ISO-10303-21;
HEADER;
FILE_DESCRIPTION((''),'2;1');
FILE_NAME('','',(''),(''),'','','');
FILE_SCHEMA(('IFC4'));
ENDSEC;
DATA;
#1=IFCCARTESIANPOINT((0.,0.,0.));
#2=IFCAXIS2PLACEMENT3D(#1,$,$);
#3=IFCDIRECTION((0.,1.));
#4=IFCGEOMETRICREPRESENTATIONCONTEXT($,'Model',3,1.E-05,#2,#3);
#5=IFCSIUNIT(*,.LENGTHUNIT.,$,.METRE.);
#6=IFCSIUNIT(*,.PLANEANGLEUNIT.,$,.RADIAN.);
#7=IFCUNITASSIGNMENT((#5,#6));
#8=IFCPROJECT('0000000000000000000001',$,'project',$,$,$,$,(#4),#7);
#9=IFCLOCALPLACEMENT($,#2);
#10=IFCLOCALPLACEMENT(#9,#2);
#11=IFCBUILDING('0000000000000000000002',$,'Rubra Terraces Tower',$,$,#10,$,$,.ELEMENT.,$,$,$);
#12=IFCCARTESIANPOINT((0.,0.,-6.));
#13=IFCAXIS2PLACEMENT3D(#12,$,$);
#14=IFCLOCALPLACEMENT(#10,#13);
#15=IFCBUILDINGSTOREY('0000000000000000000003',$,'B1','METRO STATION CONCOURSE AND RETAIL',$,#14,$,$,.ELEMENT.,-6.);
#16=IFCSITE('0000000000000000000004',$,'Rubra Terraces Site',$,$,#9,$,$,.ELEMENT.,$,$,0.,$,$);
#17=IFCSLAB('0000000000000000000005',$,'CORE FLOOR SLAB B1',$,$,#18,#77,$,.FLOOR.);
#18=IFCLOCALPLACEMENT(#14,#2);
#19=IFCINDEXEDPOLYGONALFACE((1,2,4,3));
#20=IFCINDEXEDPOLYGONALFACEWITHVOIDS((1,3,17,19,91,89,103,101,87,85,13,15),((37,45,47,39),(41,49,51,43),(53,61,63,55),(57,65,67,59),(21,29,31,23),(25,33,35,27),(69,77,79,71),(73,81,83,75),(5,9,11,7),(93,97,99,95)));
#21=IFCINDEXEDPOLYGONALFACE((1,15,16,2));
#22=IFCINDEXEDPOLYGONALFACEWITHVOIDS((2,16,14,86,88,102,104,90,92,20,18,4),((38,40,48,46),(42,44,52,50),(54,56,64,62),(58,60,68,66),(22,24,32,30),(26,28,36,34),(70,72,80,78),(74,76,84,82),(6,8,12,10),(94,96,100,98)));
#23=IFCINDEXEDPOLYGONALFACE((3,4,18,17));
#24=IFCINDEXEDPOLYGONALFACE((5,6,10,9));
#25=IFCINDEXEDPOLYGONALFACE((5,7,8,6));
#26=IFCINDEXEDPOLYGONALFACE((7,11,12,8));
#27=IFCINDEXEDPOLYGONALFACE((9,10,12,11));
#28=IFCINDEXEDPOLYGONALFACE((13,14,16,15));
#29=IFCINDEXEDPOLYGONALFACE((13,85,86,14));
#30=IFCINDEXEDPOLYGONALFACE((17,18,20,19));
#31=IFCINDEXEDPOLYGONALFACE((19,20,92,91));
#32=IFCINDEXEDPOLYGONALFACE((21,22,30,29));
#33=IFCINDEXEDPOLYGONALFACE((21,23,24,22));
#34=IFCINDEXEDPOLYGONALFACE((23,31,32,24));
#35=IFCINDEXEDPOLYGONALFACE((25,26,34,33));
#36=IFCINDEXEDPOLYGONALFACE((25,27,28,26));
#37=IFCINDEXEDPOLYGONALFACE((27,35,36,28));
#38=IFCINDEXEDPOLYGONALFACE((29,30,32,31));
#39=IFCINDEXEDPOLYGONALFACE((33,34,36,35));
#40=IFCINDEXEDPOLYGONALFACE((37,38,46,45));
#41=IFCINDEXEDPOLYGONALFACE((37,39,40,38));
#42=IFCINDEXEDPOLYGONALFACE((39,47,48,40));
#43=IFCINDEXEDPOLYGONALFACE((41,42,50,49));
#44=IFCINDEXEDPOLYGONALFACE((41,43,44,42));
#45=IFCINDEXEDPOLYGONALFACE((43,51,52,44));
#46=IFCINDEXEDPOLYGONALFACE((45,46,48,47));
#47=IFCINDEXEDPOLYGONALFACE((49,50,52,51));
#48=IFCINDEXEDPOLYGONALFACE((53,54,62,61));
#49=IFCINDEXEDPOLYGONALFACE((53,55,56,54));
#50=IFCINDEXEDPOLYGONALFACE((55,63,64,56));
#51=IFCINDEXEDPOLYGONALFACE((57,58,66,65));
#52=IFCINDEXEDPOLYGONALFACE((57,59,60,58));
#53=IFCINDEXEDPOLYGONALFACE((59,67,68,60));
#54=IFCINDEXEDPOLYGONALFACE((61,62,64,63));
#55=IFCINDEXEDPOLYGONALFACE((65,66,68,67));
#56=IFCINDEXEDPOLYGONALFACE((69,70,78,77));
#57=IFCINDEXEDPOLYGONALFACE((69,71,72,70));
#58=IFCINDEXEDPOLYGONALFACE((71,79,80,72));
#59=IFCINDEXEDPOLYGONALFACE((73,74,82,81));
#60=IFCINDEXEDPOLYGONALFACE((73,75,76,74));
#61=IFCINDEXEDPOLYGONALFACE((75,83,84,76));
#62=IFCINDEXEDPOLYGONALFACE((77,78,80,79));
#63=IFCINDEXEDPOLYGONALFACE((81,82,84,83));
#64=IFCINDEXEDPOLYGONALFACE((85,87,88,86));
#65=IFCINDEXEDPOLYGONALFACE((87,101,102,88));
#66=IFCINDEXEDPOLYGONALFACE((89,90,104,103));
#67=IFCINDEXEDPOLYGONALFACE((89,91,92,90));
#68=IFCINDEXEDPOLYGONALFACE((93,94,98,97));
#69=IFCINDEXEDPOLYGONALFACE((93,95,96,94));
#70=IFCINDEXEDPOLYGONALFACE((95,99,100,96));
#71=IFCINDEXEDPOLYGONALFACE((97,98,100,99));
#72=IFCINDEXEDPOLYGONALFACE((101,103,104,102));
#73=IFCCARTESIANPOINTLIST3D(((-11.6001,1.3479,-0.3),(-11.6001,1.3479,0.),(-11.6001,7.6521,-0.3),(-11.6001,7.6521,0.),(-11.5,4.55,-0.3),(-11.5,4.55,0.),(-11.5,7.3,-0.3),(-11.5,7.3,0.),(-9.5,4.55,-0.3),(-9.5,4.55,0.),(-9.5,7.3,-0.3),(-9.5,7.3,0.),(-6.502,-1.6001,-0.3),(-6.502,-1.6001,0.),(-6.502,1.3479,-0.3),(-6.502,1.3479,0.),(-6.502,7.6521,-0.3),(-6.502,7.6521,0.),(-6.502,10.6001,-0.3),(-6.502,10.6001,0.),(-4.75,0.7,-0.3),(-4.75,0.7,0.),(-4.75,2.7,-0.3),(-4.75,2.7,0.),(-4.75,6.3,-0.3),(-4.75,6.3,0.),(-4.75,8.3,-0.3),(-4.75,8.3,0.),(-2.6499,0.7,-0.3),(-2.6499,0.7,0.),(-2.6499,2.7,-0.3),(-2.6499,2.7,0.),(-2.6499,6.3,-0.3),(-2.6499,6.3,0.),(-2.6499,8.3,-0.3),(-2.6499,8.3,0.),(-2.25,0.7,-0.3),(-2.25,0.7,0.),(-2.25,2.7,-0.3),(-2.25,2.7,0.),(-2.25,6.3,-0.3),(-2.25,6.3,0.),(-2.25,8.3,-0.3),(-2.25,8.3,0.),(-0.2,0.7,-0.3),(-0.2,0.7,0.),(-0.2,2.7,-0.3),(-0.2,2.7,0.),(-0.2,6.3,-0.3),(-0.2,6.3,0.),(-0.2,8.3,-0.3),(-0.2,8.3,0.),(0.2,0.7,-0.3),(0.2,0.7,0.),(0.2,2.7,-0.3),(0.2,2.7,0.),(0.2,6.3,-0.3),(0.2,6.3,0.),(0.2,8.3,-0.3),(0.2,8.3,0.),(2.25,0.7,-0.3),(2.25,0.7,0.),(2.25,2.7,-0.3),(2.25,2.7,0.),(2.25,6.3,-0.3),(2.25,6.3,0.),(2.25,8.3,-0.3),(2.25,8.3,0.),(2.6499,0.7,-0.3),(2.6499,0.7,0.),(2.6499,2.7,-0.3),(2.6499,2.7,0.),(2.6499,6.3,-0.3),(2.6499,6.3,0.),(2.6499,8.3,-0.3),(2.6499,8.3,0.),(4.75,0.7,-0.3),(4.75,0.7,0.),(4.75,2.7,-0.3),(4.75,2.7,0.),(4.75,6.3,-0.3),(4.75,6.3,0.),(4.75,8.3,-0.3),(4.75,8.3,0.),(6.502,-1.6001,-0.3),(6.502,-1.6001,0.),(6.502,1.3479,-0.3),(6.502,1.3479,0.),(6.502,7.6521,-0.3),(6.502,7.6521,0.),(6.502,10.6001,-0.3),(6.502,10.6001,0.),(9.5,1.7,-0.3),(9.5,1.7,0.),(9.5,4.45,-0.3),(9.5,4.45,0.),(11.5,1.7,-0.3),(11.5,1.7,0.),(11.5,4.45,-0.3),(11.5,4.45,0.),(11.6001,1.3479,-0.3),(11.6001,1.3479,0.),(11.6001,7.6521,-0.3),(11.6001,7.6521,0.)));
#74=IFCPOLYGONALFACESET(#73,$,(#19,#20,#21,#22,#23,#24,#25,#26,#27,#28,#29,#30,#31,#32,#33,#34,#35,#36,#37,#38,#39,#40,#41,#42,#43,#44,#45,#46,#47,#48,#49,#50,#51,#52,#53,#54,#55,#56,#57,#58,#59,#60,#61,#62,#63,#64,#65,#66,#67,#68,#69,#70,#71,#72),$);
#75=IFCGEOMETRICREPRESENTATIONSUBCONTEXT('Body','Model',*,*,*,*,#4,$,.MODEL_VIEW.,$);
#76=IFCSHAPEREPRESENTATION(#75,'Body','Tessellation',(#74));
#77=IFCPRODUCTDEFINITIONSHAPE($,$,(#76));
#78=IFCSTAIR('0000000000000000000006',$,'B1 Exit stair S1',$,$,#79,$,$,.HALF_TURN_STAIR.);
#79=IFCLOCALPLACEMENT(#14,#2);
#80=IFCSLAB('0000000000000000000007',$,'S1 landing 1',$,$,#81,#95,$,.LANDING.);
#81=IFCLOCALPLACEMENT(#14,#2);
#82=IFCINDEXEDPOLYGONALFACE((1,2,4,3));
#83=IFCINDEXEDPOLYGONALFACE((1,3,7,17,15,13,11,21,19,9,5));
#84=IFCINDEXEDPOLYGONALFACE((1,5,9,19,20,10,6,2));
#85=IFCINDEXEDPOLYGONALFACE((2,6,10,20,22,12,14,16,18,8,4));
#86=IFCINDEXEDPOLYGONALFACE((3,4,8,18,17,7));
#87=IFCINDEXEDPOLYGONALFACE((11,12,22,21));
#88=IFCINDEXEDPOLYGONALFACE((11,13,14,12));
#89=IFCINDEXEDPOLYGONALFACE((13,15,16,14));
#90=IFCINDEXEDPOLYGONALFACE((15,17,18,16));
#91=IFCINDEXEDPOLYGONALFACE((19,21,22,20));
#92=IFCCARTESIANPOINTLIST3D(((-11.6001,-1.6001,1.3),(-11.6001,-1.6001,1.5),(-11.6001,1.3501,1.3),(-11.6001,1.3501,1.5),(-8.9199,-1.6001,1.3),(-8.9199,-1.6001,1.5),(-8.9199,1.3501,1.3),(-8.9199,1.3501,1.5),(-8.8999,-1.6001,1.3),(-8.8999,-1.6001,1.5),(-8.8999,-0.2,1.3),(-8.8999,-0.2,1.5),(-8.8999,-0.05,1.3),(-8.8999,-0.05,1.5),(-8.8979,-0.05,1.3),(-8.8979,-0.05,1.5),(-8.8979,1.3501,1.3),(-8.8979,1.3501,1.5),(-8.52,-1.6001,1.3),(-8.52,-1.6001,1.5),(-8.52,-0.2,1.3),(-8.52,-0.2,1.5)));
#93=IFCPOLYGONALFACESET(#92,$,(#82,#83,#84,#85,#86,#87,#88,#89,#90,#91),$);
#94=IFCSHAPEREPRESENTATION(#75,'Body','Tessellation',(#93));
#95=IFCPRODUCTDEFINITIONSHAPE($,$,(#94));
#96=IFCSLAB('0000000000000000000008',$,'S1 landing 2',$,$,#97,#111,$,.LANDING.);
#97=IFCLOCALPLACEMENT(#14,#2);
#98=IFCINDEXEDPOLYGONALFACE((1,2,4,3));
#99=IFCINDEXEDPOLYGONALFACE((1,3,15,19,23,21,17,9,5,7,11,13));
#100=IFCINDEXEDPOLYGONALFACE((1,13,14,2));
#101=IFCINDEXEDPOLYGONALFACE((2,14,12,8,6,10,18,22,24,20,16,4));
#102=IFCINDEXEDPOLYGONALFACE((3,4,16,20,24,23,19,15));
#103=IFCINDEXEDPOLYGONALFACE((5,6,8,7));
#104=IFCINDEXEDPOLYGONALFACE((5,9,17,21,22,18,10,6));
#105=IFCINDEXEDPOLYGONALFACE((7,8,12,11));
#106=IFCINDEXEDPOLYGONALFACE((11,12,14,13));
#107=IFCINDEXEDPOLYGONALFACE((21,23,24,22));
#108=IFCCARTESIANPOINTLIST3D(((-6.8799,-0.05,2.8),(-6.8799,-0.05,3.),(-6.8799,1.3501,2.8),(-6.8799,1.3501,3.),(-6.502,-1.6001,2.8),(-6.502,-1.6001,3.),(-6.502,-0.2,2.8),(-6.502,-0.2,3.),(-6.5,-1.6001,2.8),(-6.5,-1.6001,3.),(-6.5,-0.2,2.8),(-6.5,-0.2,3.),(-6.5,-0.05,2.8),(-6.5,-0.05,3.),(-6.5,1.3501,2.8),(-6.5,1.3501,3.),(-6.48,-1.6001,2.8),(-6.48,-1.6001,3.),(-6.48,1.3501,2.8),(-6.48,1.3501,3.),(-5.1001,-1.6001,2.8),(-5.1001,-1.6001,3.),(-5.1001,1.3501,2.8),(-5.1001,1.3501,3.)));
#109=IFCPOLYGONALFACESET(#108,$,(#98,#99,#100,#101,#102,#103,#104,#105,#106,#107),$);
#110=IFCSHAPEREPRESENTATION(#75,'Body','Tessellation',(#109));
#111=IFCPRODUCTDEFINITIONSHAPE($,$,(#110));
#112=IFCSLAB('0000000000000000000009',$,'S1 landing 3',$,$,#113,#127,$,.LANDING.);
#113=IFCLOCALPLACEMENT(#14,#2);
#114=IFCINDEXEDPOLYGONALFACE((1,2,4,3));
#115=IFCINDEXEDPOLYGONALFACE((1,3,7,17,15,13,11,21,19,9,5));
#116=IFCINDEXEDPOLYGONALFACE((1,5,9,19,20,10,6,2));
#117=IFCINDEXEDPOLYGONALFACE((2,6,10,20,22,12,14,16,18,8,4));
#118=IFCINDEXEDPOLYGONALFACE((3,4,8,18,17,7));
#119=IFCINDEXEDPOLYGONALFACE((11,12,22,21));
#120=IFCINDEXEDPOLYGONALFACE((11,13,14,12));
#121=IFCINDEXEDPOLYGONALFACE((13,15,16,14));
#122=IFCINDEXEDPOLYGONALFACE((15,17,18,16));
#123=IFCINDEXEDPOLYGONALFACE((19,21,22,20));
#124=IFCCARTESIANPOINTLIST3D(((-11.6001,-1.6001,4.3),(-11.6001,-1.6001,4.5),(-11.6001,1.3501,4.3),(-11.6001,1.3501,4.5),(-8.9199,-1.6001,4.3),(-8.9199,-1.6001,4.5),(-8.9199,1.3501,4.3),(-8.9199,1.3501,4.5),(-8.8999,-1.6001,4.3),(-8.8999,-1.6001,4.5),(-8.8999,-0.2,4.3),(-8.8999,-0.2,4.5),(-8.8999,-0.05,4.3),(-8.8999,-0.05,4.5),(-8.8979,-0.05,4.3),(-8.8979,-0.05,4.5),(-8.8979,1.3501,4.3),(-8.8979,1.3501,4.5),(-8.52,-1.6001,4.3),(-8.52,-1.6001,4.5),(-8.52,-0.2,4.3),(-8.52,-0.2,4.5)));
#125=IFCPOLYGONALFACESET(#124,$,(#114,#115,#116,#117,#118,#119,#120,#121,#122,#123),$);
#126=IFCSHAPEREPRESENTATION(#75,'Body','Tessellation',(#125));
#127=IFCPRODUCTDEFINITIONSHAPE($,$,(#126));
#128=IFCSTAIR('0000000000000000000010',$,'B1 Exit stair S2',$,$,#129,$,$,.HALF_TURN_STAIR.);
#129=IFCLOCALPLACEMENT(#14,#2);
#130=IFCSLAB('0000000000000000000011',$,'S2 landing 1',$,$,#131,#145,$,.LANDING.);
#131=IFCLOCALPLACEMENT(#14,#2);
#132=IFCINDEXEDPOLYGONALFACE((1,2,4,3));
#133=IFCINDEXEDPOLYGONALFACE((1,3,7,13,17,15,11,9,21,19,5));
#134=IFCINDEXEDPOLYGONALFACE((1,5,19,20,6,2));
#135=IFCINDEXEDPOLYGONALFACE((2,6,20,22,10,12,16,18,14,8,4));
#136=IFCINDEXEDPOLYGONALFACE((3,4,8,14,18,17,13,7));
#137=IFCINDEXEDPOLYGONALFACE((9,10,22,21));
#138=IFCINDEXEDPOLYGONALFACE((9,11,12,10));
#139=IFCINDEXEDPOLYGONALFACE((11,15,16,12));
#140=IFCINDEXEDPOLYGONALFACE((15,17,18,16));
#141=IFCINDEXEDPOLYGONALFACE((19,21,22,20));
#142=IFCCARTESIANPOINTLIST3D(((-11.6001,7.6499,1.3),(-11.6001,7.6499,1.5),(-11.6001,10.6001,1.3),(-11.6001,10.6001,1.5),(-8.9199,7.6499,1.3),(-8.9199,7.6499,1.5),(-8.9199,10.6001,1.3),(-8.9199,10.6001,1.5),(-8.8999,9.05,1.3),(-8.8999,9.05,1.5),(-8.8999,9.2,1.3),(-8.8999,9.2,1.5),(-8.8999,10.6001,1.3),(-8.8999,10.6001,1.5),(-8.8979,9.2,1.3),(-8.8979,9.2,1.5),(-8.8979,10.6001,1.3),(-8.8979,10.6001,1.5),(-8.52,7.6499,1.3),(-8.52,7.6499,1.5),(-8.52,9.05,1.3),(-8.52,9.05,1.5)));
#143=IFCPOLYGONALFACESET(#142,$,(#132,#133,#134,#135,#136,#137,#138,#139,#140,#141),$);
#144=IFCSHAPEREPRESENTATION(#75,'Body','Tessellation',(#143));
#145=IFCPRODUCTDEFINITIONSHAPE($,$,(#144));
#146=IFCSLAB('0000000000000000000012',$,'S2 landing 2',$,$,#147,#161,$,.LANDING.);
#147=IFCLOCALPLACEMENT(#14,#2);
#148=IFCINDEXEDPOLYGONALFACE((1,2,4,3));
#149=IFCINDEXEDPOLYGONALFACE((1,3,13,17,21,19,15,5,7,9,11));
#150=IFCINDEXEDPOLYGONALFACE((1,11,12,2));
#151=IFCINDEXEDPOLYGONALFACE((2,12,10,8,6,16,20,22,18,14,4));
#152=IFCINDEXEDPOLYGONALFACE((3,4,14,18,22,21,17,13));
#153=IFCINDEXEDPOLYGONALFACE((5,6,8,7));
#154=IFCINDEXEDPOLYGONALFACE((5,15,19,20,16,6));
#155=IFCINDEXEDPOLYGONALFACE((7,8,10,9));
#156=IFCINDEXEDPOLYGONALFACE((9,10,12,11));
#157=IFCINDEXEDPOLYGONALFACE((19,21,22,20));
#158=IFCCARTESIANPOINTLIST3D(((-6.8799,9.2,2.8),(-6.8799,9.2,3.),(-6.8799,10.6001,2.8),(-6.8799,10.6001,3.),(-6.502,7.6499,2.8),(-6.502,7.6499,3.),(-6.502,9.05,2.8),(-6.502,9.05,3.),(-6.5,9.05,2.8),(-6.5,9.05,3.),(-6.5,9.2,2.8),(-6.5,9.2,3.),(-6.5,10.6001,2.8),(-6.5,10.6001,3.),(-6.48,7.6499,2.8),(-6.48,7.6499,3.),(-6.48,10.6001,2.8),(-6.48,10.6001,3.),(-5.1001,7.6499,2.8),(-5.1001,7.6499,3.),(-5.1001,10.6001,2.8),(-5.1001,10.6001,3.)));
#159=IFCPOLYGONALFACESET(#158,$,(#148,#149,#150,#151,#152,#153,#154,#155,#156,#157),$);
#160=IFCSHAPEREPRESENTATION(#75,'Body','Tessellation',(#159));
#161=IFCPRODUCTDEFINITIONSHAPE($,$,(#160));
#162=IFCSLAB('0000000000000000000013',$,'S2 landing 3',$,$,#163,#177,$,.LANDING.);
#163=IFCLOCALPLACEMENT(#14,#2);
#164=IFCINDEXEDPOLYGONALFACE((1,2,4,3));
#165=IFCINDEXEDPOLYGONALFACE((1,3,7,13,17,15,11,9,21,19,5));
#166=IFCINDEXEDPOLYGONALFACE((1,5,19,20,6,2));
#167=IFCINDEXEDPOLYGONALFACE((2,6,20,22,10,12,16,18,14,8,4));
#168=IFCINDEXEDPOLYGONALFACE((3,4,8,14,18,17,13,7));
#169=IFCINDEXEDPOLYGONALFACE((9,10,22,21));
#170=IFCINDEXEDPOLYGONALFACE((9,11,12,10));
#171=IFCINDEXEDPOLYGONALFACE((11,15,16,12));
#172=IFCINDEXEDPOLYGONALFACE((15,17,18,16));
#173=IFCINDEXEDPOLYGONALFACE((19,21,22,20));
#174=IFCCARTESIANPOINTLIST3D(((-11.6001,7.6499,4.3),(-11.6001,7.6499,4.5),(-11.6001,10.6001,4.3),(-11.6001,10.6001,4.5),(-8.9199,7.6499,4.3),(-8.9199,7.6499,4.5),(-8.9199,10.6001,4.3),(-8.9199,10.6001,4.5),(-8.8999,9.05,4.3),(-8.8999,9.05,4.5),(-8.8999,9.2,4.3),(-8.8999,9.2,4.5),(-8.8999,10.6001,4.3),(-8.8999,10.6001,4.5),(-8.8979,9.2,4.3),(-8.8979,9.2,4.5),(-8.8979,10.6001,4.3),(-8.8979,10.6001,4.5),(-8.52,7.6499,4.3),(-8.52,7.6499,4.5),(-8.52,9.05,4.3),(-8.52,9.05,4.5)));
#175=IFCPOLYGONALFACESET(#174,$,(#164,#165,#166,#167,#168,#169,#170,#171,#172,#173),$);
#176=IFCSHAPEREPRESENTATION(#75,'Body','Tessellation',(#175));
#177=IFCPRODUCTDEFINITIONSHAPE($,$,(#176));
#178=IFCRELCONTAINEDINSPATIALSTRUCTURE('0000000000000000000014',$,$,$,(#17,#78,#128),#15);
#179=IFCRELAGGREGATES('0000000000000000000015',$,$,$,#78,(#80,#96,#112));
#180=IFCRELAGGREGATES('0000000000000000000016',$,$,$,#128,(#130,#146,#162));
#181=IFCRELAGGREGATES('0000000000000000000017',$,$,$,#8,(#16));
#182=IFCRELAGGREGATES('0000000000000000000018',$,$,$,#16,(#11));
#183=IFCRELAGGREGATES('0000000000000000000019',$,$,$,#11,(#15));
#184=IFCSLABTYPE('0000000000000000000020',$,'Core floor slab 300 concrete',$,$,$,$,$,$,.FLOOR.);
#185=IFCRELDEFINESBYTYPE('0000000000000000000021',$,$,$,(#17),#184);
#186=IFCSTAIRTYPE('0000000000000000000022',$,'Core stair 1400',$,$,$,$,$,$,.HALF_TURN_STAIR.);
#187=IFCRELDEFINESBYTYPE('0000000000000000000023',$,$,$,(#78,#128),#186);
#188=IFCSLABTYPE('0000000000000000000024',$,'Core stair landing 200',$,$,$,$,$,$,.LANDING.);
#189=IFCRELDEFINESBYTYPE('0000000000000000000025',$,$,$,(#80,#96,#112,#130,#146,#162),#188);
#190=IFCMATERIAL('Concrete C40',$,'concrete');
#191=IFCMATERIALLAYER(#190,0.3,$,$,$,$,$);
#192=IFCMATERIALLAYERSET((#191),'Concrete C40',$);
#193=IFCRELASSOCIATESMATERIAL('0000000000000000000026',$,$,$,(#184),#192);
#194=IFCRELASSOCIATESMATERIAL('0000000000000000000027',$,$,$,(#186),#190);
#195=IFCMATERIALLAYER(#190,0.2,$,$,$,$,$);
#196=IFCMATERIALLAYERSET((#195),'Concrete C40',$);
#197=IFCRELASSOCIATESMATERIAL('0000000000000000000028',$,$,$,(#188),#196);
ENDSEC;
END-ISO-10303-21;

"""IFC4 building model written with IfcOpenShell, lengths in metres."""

from ifc_helpers import new_model, si_unit, direction, frame, origin, place, context, subcontext, project, spatial, polyline, outline, extrude, material, layer, layer_set, type_object, element, aggregate, save


model = new_model("IFC4")

# Units and contexts
model_context = context("Model", 3, precision=1e-05, world=origin(), true_north=direction((0.0, 1.0)))
body_context = subcontext(model_context, "Body", "Model", "MODEL_VIEW")
ifc_project = project(units=[si_unit("LENGTHUNIT", "METRE"), si_unit("PLANEANGLEUNIT", "RADIAN")], contexts=[model_context])

# Site, building, storey
site_placement = place(None, origin())
site = spatial("IfcSite", under=ifc_project, at=site_placement, Name="Rubra Terraces Site", CompositionType="ELEMENT", RefElevation=0.0)
building_placement = place(site_placement, origin())
building = spatial("IfcBuilding", under=site, at=building_placement, Name="Rubra Terraces Tower", CompositionType="ELEMENT")
storey_placement = place(building_placement, frame((0.0, 0.0, -6.0)))
storey = spatial("IfcBuildingStorey", under=building, at=storey_placement, Name="B1", Description="METRO STATION CONCOURSE AND RETAIL", CompositionType="ELEMENT", Elevation=-6.0)

# Slab
ifc_material_1 = material(Name="Concrete C40", Category="concrete")
ifc_layer_1 = layer(ifc_material_1, 0.3)
ifc_layer_set_1 = layer_set([ifc_layer_1], Name="Concrete C40")
slab_type_1 = type_object("IfcSlabType", Name="Core floor slab 300 concrete", PredefinedType="FLOOR", material=ifc_layer_set_1)
slab_1_placement = place(storey_placement, frame((0.0, 0.0, -0.3)))
element("IfcSlab", 1, at=slab_1_placement, inside=storey, type_object=slab_type_1, Name="CORE FLOOR SLAB B1", PredefinedType="FLOOR", context=body_context, shape_type="SweptSolid", body=[
    extrude(outline(polyline([(-11.6001, 1.3479), (-11.6001, 7.6521), (-6.502, 7.6521), (-6.502, 10.6001), (6.502, 10.6001), (6.502, 7.6521), (11.6001, 7.6521), (11.6001, 1.3479), (6.502, 1.3479), (6.502, -1.6001), (-6.502, -1.6001), (-6.502, 1.3479), (-11.6001, 1.3479)]), holes=[polyline([(9.5, 1.7), (11.5, 1.7), (11.5, 4.45), (9.5, 4.45), (9.5, 1.7)]), polyline([(4.75, 0.7), (4.75, 2.7), (2.6499, 2.7), (2.6499, 0.7), (4.75, 0.7)]), polyline([(4.75, 6.3), (4.75, 8.3), (2.6499, 8.3), (2.6499, 6.3), (4.75, 6.3)]), polyline([(2.25, 0.7), (2.25, 2.7), (0.2, 2.7), (0.2, 0.7), (2.25, 0.7)]), polyline([(2.25, 6.3), (2.25, 8.3), (0.2, 8.3), (0.2, 6.3), (2.25, 6.3)]), polyline([(-0.2, 0.7), (-0.2, 2.7), (-2.25, 2.7), (-2.25, 0.7), (-0.2, 0.7)]), polyline([(-0.2, 6.3), (-0.2, 8.3), (-2.25, 8.3), (-2.25, 6.3), (-0.2, 6.3)]), polyline([(-2.6499, 0.7), (-2.6499, 2.7), (-4.75, 2.7), (-4.75, 0.7), (-2.6499, 0.7)]), polyline([(-2.6499, 8.3), (-4.75, 8.3), (-4.75, 6.3), (-2.6499, 6.3), (-2.6499, 8.3)]), polyline([(-9.5, 7.3), (-11.5, 7.3), (-11.5, 4.55), (-9.5, 4.55), (-9.5, 7.3)])]), origin(), (0.0, 0.0, 1.0), 0.3),
])

# Stairs, slabs
stair_type_1 = type_object("IfcStairType", Name="Core stair 1400", PredefinedType="HALF_TURN_STAIR", material=ifc_material_1)
stair_1_placement = place(storey_placement, origin())
stair_1 = element("IfcStair", 2, at=stair_1_placement, inside=storey, type_object=stair_type_1, Name="B1 Exit stair S1", PredefinedType="HALF_TURN_STAIR")
ifc_layer_2 = layer(ifc_material_1, 0.2)
ifc_layer_set_2 = layer_set([ifc_layer_2], Name="Concrete C40")
slab_type_2 = type_object("IfcSlabType", Name="Core stair landing 200", PredefinedType="LANDING", material=ifc_layer_set_2)
slab_2_placement = place(storey_placement, frame((0.0, 0.0, 1.3)))
slab_2 = element("IfcSlab", 3, at=slab_2_placement, type_object=slab_type_2, Name="S1 landing 1", PredefinedType="LANDING", context=body_context, shape_type="SweptSolid", body=[
    extrude(outline(polyline([(-8.52, -0.2), (-8.52, -1.6001), (-8.8999, -1.6001), (-8.9199, -1.6001), (-11.6001, -1.6001), (-11.6001, 1.3501), (-8.9199, 1.3501), (-8.8979, 1.3501), (-8.8979, -0.05), (-8.8999, -0.05), (-8.8999, -0.2), (-8.52, -0.2)])), origin(), (0.0, 0.0, 1.0), 0.2),
])
slab_3_placement = place(storey_placement, frame((0.0, 0.0, 2.8)))
slab_3 = element("IfcSlab", 4, at=slab_3_placement, type_object=slab_type_2, Name="S1 landing 2", PredefinedType="LANDING", context=body_context, shape_type="SweptSolid", body=[
    extrude(outline(polyline([(-6.5, -0.2), (-6.5, -0.05), (-6.8799, -0.05), (-6.8799, 1.3501), (-6.5, 1.3501), (-6.48, 1.3501), (-5.1001, 1.3501), (-5.1001, -1.6001), (-6.48, -1.6001), (-6.5, -1.6001), (-6.502, -1.6001), (-6.502, -0.2), (-6.5, -0.2)])), origin(), (0.0, 0.0, 1.0), 0.2),
])
slab_4_placement = place(storey_placement, frame((0.0, 0.0, 4.3)))
slab_4 = element("IfcSlab", 5, at=slab_4_placement, type_object=slab_type_2, Name="S1 landing 3", PredefinedType="LANDING", context=body_context, shape_type="SweptSolid", body=[
    extrude(outline(polyline([(-8.52, -0.2), (-8.52, -1.6001), (-8.8999, -1.6001), (-8.9199, -1.6001), (-11.6001, -1.6001), (-11.6001, 1.3501), (-8.9199, 1.3501), (-8.8979, 1.3501), (-8.8979, -0.05), (-8.8999, -0.05), (-8.8999, -0.2), (-8.52, -0.2)])), origin(), (0.0, 0.0, 1.0), 0.2),
])
aggregate(stair_1, [slab_2, slab_3, slab_4])
stair_2_placement = place(storey_placement, origin())
stair_2 = element("IfcStair", 6, at=stair_2_placement, inside=storey, type_object=stair_type_1, Name="B1 Exit stair S2", PredefinedType="HALF_TURN_STAIR")
slab_5_placement = place(storey_placement, frame((0.0, 0.0, 1.3)))
slab_5 = element("IfcSlab", 7, at=slab_5_placement, type_object=slab_type_2, Name="S2 landing 1", PredefinedType="LANDING", context=body_context, shape_type="SweptSolid", body=[
    extrude(outline(polyline([(-8.52, 9.05), (-8.52, 7.6499), (-8.9199, 7.6499), (-11.6001, 7.6499), (-11.6001, 10.6001), (-8.9199, 10.6001), (-8.8999, 10.6001), (-8.8979, 10.6001), (-8.8979, 9.2), (-8.8999, 9.2), (-8.8999, 9.05), (-8.52, 9.05)])), origin(), (0.0, 0.0, 1.0), 0.2),
])
slab_6_placement = place(storey_placement, frame((0.0, 0.0, 2.8)))
slab_6 = element("IfcSlab", 8, at=slab_6_placement, type_object=slab_type_2, Name="S2 landing 2", PredefinedType="LANDING", context=body_context, shape_type="SweptSolid", body=[
    extrude(outline(polyline([(-6.5, 9.05), (-6.5, 9.2), (-6.8799, 9.2), (-6.8799, 10.6001), (-6.5, 10.6001), (-6.48, 10.6001), (-5.1001, 10.6001), (-5.1001, 7.6499), (-6.48, 7.6499), (-6.502, 7.6499), (-6.502, 9.05), (-6.5, 9.05)])), origin(), (0.0, 0.0, 1.0), 0.2),
])
slab_7_placement = place(storey_placement, frame((0.0, 0.0, 4.3)))
slab_7 = element("IfcSlab", 9, at=slab_7_placement, type_object=slab_type_2, Name="S2 landing 3", PredefinedType="LANDING", context=body_context, shape_type="SweptSolid", body=[
    extrude(outline(polyline([(-8.52, 9.05), (-8.52, 7.6499), (-8.9199, 7.6499), (-11.6001, 7.6499), (-11.6001, 10.6001), (-8.9199, 10.6001), (-8.8999, 10.6001), (-8.8979, 10.6001), (-8.8979, 9.2), (-8.8999, 9.2), (-8.8999, 9.05), (-8.52, 9.05)])), origin(), (0.0, 0.0, 1.0), 0.2),
])
aggregate(stair_2, [slab_5, slab_6, slab_7])

save(model, "model.ifc")
